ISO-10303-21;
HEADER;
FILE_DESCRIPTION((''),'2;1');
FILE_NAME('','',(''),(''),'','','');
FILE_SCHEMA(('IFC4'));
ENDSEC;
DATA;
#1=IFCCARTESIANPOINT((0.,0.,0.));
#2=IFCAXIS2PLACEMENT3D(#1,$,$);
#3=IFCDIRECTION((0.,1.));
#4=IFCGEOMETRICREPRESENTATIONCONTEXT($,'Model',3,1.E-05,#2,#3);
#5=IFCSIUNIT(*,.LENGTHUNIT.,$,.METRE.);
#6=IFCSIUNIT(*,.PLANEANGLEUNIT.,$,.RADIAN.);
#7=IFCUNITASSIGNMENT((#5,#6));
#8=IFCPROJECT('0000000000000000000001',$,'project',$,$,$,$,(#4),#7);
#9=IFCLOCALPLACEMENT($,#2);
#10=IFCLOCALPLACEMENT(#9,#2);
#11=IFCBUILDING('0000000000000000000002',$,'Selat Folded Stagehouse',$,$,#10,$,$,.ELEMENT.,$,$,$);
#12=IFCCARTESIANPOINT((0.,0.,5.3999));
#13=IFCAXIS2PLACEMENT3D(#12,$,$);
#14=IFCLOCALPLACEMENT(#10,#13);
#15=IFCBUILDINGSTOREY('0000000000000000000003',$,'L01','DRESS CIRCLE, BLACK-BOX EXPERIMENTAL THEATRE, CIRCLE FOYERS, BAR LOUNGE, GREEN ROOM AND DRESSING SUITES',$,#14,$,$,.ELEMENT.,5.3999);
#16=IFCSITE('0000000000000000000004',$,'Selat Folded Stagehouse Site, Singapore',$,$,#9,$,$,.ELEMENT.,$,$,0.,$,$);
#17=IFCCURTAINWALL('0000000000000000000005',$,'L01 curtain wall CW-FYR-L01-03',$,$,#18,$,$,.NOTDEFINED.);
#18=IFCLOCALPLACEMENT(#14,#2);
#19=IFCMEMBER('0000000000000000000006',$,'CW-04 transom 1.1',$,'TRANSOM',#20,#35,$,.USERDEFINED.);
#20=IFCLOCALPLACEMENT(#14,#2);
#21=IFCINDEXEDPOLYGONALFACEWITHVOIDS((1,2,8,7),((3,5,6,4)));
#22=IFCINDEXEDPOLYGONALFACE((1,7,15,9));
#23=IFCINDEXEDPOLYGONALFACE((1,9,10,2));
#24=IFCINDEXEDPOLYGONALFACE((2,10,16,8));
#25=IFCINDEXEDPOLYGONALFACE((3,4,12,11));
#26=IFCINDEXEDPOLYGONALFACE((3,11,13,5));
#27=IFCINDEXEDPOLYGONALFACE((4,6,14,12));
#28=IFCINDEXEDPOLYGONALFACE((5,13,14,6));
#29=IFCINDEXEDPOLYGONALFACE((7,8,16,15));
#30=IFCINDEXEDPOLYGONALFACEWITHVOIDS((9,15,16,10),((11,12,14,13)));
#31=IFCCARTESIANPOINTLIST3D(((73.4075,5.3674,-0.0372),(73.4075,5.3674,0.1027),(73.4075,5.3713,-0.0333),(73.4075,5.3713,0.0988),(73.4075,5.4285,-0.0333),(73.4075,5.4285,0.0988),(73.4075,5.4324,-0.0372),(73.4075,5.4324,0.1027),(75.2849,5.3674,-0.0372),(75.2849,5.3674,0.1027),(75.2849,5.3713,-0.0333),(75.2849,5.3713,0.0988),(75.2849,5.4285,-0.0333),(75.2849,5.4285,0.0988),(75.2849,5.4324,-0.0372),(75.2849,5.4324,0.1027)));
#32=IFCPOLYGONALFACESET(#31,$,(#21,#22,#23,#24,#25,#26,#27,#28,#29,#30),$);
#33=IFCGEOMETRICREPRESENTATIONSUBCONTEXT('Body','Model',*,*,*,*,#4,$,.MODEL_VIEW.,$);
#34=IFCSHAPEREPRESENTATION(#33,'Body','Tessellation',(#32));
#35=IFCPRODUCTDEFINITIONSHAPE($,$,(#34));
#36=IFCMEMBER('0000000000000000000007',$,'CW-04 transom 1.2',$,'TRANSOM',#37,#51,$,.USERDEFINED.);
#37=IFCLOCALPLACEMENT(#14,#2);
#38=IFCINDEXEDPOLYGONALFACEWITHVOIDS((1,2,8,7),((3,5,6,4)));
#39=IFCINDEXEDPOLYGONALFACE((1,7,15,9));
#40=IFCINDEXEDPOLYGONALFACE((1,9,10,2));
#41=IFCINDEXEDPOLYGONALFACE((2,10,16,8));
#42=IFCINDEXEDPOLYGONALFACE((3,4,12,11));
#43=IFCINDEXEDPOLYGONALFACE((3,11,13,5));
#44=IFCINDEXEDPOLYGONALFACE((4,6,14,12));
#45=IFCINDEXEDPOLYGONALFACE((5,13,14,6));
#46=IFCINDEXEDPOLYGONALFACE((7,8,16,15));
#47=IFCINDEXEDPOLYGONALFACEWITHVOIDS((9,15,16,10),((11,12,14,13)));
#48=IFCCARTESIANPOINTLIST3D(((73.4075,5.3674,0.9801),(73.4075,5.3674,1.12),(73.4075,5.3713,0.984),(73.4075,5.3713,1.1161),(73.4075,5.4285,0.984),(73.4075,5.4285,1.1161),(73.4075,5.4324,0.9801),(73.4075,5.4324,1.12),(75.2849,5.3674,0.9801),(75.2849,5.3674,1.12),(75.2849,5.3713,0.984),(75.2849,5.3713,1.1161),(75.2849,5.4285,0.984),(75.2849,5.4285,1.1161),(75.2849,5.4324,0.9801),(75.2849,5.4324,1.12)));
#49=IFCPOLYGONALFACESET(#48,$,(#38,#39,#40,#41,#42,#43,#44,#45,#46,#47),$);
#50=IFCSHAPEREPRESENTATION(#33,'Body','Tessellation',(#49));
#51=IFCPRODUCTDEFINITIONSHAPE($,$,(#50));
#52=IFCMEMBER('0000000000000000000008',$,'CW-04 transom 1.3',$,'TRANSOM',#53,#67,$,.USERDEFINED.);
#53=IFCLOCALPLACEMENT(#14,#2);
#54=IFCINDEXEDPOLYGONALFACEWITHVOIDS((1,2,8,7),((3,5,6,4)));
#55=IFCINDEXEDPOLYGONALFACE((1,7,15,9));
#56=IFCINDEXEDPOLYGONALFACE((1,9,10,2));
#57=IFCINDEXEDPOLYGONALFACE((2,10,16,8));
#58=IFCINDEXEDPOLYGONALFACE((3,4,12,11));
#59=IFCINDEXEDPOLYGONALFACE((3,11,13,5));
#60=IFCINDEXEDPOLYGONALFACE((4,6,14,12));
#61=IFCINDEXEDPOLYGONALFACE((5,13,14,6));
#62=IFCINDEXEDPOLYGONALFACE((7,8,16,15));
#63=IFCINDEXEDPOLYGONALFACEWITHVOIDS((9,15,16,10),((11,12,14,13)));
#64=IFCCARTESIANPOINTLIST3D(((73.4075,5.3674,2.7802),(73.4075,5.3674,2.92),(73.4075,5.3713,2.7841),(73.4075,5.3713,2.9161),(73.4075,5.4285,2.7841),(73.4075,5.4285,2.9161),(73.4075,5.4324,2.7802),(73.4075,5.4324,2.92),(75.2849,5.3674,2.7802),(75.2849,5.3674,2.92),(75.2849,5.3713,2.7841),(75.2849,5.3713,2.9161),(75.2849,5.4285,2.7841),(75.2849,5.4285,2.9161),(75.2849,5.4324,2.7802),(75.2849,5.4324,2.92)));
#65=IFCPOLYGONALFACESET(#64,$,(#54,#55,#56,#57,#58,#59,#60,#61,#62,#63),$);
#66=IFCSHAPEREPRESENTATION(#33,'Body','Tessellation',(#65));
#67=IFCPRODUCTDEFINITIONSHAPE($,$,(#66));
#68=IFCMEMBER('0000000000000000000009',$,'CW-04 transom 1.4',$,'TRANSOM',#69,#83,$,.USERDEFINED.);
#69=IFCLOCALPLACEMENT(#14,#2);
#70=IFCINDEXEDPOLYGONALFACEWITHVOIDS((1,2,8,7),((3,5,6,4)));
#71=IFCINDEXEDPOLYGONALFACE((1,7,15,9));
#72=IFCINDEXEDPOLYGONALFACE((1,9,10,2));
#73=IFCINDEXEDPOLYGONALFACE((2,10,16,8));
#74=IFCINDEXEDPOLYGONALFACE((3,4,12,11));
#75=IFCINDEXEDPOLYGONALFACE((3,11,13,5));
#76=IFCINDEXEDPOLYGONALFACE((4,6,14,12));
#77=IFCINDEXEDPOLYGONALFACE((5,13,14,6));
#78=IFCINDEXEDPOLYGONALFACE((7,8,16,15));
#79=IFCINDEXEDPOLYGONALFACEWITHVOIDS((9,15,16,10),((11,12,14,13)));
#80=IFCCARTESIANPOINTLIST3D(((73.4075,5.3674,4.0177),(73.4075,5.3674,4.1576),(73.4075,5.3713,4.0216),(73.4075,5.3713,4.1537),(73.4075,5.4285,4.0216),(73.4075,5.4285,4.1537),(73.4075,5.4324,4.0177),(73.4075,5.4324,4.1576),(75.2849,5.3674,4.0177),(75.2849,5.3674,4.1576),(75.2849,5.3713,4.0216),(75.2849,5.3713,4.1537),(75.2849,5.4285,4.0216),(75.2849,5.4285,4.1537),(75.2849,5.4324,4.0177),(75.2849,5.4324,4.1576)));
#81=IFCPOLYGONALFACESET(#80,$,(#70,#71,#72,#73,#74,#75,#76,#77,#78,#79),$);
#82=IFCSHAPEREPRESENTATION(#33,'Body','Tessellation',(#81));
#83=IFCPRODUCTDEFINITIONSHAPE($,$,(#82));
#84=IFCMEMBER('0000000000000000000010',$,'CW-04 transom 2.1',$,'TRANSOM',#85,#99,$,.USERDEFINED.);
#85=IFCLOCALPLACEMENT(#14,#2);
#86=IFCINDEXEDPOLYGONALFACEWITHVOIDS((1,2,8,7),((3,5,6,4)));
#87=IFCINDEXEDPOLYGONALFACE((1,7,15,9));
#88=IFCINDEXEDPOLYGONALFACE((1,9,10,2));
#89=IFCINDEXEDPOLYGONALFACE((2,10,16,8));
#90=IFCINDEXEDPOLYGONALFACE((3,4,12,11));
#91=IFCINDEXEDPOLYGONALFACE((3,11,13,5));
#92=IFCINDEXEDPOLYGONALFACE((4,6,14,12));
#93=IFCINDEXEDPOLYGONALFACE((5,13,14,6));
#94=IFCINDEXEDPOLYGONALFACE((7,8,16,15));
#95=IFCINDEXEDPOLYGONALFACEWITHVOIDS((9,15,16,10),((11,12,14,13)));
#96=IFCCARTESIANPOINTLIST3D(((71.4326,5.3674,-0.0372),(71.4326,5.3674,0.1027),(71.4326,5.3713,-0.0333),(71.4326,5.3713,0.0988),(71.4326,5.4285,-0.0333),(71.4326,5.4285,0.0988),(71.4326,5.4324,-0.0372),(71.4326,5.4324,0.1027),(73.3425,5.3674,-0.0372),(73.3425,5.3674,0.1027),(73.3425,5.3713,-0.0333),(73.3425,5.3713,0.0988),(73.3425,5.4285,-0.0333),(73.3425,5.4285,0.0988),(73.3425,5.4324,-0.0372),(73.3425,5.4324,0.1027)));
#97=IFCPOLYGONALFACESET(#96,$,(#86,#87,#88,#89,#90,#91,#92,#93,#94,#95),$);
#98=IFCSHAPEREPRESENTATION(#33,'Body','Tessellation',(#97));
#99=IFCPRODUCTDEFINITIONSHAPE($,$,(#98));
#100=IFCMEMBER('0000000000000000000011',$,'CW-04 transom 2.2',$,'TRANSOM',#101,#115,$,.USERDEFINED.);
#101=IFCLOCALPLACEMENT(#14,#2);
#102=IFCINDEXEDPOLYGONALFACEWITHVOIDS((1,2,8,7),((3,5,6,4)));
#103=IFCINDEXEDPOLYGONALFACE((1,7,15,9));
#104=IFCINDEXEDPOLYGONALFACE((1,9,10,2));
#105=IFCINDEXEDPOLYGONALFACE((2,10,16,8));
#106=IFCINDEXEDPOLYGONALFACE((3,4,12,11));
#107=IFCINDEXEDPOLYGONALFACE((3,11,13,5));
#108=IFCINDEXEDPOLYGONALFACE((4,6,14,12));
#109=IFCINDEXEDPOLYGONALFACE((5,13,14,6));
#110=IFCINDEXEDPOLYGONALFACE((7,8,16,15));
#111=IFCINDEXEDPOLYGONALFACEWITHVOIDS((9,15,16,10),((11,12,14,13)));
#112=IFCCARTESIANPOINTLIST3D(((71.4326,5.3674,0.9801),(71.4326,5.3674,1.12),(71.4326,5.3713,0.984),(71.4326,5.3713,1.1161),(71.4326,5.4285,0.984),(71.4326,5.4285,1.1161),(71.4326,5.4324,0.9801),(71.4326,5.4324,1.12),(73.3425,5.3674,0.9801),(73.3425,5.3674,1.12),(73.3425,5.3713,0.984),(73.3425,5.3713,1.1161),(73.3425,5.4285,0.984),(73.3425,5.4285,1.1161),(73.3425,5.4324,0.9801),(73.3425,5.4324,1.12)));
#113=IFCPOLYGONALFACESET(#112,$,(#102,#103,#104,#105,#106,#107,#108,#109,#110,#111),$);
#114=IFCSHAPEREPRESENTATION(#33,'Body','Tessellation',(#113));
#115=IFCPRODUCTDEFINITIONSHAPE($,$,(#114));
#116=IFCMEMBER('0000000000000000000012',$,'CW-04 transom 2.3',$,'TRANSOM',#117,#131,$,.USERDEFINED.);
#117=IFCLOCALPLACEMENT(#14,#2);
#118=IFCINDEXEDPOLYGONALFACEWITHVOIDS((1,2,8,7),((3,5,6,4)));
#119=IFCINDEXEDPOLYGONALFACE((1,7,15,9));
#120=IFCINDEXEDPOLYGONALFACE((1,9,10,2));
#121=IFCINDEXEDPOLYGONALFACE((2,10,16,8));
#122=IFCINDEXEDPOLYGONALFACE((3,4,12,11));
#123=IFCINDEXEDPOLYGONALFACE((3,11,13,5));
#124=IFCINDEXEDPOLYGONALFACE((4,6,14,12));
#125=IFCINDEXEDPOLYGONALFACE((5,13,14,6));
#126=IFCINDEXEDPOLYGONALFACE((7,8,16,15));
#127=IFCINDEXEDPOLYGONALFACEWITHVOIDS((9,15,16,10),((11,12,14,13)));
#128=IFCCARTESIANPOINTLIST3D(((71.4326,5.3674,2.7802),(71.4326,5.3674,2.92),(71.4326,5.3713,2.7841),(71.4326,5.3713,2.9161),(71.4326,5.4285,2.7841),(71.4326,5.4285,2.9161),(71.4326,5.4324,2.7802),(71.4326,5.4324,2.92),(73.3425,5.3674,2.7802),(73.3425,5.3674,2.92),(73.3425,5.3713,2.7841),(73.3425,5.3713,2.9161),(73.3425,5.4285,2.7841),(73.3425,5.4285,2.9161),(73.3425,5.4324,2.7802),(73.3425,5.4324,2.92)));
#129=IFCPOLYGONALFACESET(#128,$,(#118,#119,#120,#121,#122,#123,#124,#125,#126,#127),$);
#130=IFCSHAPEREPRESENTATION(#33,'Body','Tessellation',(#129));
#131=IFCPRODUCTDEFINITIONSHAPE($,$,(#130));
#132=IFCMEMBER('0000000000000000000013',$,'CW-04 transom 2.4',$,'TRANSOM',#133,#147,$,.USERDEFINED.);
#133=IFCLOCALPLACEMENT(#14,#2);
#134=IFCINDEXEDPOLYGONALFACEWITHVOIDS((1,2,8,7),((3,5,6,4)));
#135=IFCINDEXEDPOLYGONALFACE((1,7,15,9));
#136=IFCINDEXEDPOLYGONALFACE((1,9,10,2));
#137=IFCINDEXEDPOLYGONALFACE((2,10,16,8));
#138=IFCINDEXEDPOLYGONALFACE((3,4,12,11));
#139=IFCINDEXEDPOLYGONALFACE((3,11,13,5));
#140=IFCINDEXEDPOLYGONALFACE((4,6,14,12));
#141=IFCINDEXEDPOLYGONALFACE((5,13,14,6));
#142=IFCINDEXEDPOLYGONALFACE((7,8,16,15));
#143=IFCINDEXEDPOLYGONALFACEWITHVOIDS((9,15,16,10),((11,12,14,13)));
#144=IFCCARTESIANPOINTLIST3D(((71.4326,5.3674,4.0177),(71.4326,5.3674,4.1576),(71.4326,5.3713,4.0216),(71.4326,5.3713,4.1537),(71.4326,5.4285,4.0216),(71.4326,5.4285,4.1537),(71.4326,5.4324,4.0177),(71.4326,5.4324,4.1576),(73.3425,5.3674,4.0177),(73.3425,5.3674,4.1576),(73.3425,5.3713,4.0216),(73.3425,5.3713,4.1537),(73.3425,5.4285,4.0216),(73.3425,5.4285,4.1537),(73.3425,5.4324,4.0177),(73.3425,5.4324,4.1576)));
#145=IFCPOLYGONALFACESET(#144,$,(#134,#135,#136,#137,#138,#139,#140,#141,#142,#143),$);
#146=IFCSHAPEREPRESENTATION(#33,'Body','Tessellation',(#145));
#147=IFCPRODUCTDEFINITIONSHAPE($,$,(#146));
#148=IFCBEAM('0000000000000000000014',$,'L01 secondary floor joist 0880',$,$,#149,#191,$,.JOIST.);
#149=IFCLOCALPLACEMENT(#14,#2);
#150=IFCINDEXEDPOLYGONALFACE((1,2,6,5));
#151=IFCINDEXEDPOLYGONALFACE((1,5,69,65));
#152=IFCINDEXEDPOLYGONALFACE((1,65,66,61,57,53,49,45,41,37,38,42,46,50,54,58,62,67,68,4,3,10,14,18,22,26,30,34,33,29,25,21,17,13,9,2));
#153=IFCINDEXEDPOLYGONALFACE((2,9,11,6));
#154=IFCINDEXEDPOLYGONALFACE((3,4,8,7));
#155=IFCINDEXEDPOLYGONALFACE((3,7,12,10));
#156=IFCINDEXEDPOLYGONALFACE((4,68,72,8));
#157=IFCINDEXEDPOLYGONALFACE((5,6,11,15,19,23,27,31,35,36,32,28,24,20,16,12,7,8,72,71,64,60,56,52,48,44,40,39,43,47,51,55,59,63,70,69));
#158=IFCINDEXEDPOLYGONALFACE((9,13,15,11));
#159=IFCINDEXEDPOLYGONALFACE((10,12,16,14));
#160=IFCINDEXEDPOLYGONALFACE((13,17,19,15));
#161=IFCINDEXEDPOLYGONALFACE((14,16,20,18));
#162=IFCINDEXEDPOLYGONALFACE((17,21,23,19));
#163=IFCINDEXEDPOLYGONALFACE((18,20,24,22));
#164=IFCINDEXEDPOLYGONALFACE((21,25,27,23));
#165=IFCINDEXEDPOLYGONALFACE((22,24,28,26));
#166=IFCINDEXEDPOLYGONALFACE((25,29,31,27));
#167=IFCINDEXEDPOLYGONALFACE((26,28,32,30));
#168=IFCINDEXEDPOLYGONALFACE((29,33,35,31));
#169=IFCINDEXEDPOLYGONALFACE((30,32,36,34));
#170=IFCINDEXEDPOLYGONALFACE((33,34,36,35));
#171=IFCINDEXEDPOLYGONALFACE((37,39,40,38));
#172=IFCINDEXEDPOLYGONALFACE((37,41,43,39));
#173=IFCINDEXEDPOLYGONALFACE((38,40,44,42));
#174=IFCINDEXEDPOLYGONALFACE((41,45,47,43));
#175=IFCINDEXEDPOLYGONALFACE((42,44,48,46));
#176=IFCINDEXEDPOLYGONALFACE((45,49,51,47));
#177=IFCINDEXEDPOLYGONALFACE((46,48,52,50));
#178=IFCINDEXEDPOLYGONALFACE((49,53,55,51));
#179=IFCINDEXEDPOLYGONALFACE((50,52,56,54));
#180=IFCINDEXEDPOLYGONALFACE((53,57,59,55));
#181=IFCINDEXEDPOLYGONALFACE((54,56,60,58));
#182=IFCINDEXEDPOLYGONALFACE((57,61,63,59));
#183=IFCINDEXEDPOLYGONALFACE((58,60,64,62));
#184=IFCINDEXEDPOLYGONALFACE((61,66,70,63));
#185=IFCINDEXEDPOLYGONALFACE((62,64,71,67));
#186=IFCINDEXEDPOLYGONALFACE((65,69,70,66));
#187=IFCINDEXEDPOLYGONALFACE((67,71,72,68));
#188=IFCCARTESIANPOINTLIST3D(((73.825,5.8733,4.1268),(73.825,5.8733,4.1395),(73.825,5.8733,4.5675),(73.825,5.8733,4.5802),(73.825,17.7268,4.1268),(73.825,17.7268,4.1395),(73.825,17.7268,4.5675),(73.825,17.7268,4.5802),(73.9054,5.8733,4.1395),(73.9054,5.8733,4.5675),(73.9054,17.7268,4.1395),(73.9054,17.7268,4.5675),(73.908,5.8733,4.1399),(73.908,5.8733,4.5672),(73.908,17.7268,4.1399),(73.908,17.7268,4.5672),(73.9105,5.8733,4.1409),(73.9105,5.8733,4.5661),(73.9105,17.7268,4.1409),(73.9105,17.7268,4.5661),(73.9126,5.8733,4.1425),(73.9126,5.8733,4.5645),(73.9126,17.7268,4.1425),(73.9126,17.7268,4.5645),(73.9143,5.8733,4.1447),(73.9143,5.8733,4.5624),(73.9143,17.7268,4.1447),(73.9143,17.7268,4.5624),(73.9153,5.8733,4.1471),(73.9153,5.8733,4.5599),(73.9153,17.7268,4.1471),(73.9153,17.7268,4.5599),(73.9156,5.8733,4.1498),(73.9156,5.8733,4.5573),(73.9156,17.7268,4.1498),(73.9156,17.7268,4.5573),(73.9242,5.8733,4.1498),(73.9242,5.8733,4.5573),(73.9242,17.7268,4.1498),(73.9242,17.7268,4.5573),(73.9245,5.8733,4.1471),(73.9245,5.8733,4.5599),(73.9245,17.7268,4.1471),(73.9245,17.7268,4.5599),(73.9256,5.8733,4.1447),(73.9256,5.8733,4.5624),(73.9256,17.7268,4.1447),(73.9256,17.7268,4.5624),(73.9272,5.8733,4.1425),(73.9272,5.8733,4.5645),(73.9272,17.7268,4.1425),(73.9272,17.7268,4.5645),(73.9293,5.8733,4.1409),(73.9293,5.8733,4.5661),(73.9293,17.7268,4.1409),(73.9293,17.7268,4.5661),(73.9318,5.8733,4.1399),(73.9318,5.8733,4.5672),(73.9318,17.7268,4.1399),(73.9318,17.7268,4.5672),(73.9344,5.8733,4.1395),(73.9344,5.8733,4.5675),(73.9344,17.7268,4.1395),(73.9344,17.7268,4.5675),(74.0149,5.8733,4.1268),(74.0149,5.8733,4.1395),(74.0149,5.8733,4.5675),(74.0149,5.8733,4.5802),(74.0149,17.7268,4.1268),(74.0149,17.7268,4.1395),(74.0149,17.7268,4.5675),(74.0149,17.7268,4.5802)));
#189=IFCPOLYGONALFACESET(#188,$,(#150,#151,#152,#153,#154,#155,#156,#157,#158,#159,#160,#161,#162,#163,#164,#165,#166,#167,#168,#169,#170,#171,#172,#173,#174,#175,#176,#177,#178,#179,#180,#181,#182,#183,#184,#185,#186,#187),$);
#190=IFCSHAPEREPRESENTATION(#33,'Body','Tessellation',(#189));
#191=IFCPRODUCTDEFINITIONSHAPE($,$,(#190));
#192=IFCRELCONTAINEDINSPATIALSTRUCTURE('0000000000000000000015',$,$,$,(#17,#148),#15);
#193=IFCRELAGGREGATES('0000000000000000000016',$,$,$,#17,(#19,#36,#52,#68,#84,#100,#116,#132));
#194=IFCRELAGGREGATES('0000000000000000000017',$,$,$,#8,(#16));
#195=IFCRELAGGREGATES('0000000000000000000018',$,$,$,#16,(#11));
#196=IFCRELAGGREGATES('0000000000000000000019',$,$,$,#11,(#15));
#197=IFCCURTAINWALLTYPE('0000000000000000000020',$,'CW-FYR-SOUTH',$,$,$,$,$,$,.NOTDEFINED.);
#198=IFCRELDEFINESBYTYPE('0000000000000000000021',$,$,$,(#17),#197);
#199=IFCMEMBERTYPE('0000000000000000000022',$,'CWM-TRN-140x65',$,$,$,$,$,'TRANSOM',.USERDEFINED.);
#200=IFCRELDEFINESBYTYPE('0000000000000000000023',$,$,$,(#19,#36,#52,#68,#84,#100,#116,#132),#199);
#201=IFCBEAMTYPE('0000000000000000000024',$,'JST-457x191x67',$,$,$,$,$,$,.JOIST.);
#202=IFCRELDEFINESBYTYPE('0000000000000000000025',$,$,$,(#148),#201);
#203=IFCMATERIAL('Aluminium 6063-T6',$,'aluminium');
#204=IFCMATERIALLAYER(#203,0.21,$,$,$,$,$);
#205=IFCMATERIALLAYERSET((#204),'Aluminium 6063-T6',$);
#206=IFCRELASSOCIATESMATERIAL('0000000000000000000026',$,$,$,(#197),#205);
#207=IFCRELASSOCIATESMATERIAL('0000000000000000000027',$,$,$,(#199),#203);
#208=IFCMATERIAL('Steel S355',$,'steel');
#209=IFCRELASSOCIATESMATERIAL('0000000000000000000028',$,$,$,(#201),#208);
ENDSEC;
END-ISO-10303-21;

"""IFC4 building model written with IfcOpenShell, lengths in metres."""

from ifc_helpers import new_model, si_unit, direction, frame, origin, origin_2d, place, context, subcontext, project, spatial, hollow_rectangle, i_section, extrude, material, layer, layer_set, material_profile, profile_set, type_object, element, aggregate, save


model = new_model("IFC4")

# Units and contexts
model_context = context("Model", 3, precision=1e-05, world=origin(), true_north=direction((0.0, 1.0)))
body_context = subcontext(model_context, "Body", "Model", "MODEL_VIEW")
ifc_project = project(units=[si_unit("LENGTHUNIT", "METRE"), si_unit("PLANEANGLEUNIT", "RADIAN")], contexts=[model_context])

# Site, building, storey
site_placement = place(None, origin())
site = spatial("IfcSite", under=ifc_project, at=site_placement, Name="Selat Folded Stagehouse Site, Singapore", CompositionType="ELEMENT", RefElevation=0.0)
building_placement = place(site_placement, origin())
building = spatial("IfcBuilding", under=site, at=building_placement, Name="Selat Folded Stagehouse", CompositionType="ELEMENT")
storey_placement = place(building_placement, frame((0.0, 0.0, 5.3999)))
storey = spatial("IfcBuildingStorey", under=building, at=storey_placement, Name="L01", Description="DRESS CIRCLE, BLACK-BOX EXPERIMENTAL THEATRE, CIRCLE FOYERS, BAR LOUNGE, GREEN ROOM AND DRESSING SUITES", CompositionType="ELEMENT", Elevation=5.3999)

# Shared definitions
ifc_material_1 = material(Name="Steel S355", Category="steel")

# Curtain wall, members
ifc_material_2 = material(Name="Aluminium 6063-T6", Category="aluminium")
ifc_layer_1 = layer(ifc_material_2, 0.21)
ifc_layer_set_1 = layer_set([ifc_layer_1], Name="Aluminium 6063-T6")
curtain_wall_type = type_object("IfcCurtainWallType", Name="CW-FYR-SOUTH", PredefinedType="NOTDEFINED", material=ifc_layer_set_1)
curtain_wall_placement = place(storey_placement, origin())
curtain_wall = element("IfcCurtainWall", 1, at=curtain_wall_placement, inside=storey, type_object=curtain_wall_type, Name="L01 curtain wall CW-FYR-L01-03", PredefinedType="NOTDEFINED")
ifc_material_profile_1 = material_profile(ifc_material_2, hollow_rectangle(XDim=0.0649, YDim=0.1399, WallThickness=0.0039, at=origin_2d()), Name="ALU 140x65x4.0")
ifc_profile_set_1 = profile_set([ifc_material_profile_1], Name="Aluminium 6063-T6")
member_type_1 = type_object("IfcMemberType", Name="CWM-TRN-140x65", ElementType="TRANSOM", PredefinedType="USERDEFINED", material=ifc_profile_set_1)
member_1_placement = place(storey_placement, frame((75.2849, 5.3999, 0.0327), z_axis=(-1.0, 0.0, 0.0), x_axis=(0.0, -1.0, 0.0)))
member_1 = element("IfcMember", 2, at=member_1_placement, type_object=member_type_1, Name="CW-04 transom 1.1", ObjectType="TRANSOM", PredefinedType="USERDEFINED", context=body_context, shape_type="SweptSolid", body=[
    extrude(hollow_rectangle(XDim=0.0649, YDim=0.1399, WallThickness=0.0039, at=origin_2d()), origin(), (0.0, 0.0, 1.0), 1.8774),
])
member_2_placement = place(storey_placement, frame((75.2849, 5.3999, 1.05), z_axis=(-1.0, 0.0, 0.0), x_axis=(0.0, -1.0, 0.0)))
member_2 = element("IfcMember", 3, at=member_2_placement, type_object=member_type_1, Name="CW-04 transom 1.2", ObjectType="TRANSOM", PredefinedType="USERDEFINED", context=body_context, shape_type="SweptSolid", body=[
    extrude(hollow_rectangle(XDim=0.0649, YDim=0.1399, WallThickness=0.0039, at=origin_2d()), origin(), (0.0, 0.0, 1.0), 1.8774),
])
member_3_placement = place(storey_placement, frame((75.2849, 5.3999, 2.8501), z_axis=(-1.0, 0.0, 0.0), x_axis=(0.0, -1.0, 0.0)))
member_3 = element("IfcMember", 4, at=member_3_placement, type_object=member_type_1, Name="CW-04 transom 1.3", ObjectType="TRANSOM", PredefinedType="USERDEFINED", context=body_context, shape_type="SweptSolid", body=[
    extrude(hollow_rectangle(XDim=0.0649, YDim=0.1399, WallThickness=0.0039, at=origin_2d()), origin(), (0.0, 0.0, 1.0), 1.8774),
])
member_4_placement = place(storey_placement, frame((75.2849, 5.3999, 4.0876), z_axis=(-1.0, 0.0, 0.0), x_axis=(0.0, -1.0, 0.0)))
member_4 = element("IfcMember", 5, at=member_4_placement, type_object=member_type_1, Name="CW-04 transom 1.4", ObjectType="TRANSOM", PredefinedType="USERDEFINED", context=body_context, shape_type="SweptSolid", body=[
    extrude(hollow_rectangle(XDim=0.0649, YDim=0.1399, WallThickness=0.0039, at=origin_2d()), origin(), (0.0, 0.0, 1.0), 1.8774),
])
member_5_placement = place(storey_placement, frame((73.3425, 5.3999, 0.0327), z_axis=(-1.0, 0.0, 0.0), x_axis=(0.0, -1.0, 0.0)))
member_5 = element("IfcMember", 6, at=member_5_placement, type_object=member_type_1, Name="CW-04 transom 2.1", ObjectType="TRANSOM", PredefinedType="USERDEFINED", context=body_context, shape_type="SweptSolid", body=[
    extrude(hollow_rectangle(XDim=0.0649, YDim=0.1399, WallThickness=0.0039, at=origin_2d()), origin(), (0.0, 0.0, 1.0), 1.9099),
])
member_6_placement = place(storey_placement, frame((73.3425, 5.3999, 1.05), z_axis=(-1.0, 0.0, 0.0), x_axis=(0.0, -1.0, 0.0)))
member_6 = element("IfcMember", 7, at=member_6_placement, type_object=member_type_1, Name="CW-04 transom 2.2", ObjectType="TRANSOM", PredefinedType="USERDEFINED", context=body_context, shape_type="SweptSolid", body=[
    extrude(hollow_rectangle(XDim=0.0649, YDim=0.1399, WallThickness=0.0039, at=origin_2d()), origin(), (0.0, 0.0, 1.0), 1.9099),
])
member_7_placement = place(storey_placement, frame((73.3425, 5.3999, 2.8501), z_axis=(-1.0, 0.0, 0.0), x_axis=(0.0, -1.0, 0.0)))
member_7 = element("IfcMember", 8, at=member_7_placement, type_object=member_type_1, Name="CW-04 transom 2.3", ObjectType="TRANSOM", PredefinedType="USERDEFINED", context=body_context, shape_type="SweptSolid", body=[
    extrude(hollow_rectangle(XDim=0.0649, YDim=0.1399, WallThickness=0.0039, at=origin_2d()), origin(), (0.0, 0.0, 1.0), 1.9099),
])
member_8_placement = place(storey_placement, frame((73.3425, 5.3999, 4.0876), z_axis=(-1.0, 0.0, 0.0), x_axis=(0.0, -1.0, 0.0)))
member_8 = element("IfcMember", 9, at=member_8_placement, type_object=member_type_1, Name="CW-04 transom 2.4", ObjectType="TRANSOM", PredefinedType="USERDEFINED", context=body_context, shape_type="SweptSolid", body=[
    extrude(hollow_rectangle(XDim=0.0649, YDim=0.1399, WallThickness=0.0039, at=origin_2d()), origin(), (0.0, 0.0, 1.0), 1.9099),
])

# Beam
ifc_material_profile_2 = material_profile(ifc_material_1, i_section(OverallWidth=0.1899, OverallDepth=0.4534, WebThickness=0.0085, FlangeThickness=0.0127, FilletRadius=0.0103, at=origin_2d()), Name="UKB 457x191x67")
ifc_profile_set_2 = profile_set([ifc_material_profile_2], Name="Steel S355")
beam_type_1 = type_object("IfcBeamType", Name="JST-457x191x67", PredefinedType="JOIST", material=ifc_profile_set_2)
beam_1_placement = place(storey_placement, frame((73.9199, 5.8733, 4.3535), z_axis=(0.0, 1.0, 0.0), x_axis=(-1.0, 0.0, 0.0)))
element("IfcBeam", 10, at=beam_1_placement, inside=storey, type_object=beam_type_1, Name="L01 secondary floor joist 0880", PredefinedType="JOIST", context=body_context, shape_type="SweptSolid", body=[
    extrude(i_section(OverallWidth=0.1899, OverallDepth=0.4534, WebThickness=0.0085, FlangeThickness=0.0127, FilletRadius=0.0103, at=origin_2d()), origin(), (0.0, 0.0, 1.0), 11.8535),
])

aggregate(curtain_wall, [member_1, member_2, member_3, member_4, member_5, member_6, member_7, member_8])

save(model, "model.ifc")
